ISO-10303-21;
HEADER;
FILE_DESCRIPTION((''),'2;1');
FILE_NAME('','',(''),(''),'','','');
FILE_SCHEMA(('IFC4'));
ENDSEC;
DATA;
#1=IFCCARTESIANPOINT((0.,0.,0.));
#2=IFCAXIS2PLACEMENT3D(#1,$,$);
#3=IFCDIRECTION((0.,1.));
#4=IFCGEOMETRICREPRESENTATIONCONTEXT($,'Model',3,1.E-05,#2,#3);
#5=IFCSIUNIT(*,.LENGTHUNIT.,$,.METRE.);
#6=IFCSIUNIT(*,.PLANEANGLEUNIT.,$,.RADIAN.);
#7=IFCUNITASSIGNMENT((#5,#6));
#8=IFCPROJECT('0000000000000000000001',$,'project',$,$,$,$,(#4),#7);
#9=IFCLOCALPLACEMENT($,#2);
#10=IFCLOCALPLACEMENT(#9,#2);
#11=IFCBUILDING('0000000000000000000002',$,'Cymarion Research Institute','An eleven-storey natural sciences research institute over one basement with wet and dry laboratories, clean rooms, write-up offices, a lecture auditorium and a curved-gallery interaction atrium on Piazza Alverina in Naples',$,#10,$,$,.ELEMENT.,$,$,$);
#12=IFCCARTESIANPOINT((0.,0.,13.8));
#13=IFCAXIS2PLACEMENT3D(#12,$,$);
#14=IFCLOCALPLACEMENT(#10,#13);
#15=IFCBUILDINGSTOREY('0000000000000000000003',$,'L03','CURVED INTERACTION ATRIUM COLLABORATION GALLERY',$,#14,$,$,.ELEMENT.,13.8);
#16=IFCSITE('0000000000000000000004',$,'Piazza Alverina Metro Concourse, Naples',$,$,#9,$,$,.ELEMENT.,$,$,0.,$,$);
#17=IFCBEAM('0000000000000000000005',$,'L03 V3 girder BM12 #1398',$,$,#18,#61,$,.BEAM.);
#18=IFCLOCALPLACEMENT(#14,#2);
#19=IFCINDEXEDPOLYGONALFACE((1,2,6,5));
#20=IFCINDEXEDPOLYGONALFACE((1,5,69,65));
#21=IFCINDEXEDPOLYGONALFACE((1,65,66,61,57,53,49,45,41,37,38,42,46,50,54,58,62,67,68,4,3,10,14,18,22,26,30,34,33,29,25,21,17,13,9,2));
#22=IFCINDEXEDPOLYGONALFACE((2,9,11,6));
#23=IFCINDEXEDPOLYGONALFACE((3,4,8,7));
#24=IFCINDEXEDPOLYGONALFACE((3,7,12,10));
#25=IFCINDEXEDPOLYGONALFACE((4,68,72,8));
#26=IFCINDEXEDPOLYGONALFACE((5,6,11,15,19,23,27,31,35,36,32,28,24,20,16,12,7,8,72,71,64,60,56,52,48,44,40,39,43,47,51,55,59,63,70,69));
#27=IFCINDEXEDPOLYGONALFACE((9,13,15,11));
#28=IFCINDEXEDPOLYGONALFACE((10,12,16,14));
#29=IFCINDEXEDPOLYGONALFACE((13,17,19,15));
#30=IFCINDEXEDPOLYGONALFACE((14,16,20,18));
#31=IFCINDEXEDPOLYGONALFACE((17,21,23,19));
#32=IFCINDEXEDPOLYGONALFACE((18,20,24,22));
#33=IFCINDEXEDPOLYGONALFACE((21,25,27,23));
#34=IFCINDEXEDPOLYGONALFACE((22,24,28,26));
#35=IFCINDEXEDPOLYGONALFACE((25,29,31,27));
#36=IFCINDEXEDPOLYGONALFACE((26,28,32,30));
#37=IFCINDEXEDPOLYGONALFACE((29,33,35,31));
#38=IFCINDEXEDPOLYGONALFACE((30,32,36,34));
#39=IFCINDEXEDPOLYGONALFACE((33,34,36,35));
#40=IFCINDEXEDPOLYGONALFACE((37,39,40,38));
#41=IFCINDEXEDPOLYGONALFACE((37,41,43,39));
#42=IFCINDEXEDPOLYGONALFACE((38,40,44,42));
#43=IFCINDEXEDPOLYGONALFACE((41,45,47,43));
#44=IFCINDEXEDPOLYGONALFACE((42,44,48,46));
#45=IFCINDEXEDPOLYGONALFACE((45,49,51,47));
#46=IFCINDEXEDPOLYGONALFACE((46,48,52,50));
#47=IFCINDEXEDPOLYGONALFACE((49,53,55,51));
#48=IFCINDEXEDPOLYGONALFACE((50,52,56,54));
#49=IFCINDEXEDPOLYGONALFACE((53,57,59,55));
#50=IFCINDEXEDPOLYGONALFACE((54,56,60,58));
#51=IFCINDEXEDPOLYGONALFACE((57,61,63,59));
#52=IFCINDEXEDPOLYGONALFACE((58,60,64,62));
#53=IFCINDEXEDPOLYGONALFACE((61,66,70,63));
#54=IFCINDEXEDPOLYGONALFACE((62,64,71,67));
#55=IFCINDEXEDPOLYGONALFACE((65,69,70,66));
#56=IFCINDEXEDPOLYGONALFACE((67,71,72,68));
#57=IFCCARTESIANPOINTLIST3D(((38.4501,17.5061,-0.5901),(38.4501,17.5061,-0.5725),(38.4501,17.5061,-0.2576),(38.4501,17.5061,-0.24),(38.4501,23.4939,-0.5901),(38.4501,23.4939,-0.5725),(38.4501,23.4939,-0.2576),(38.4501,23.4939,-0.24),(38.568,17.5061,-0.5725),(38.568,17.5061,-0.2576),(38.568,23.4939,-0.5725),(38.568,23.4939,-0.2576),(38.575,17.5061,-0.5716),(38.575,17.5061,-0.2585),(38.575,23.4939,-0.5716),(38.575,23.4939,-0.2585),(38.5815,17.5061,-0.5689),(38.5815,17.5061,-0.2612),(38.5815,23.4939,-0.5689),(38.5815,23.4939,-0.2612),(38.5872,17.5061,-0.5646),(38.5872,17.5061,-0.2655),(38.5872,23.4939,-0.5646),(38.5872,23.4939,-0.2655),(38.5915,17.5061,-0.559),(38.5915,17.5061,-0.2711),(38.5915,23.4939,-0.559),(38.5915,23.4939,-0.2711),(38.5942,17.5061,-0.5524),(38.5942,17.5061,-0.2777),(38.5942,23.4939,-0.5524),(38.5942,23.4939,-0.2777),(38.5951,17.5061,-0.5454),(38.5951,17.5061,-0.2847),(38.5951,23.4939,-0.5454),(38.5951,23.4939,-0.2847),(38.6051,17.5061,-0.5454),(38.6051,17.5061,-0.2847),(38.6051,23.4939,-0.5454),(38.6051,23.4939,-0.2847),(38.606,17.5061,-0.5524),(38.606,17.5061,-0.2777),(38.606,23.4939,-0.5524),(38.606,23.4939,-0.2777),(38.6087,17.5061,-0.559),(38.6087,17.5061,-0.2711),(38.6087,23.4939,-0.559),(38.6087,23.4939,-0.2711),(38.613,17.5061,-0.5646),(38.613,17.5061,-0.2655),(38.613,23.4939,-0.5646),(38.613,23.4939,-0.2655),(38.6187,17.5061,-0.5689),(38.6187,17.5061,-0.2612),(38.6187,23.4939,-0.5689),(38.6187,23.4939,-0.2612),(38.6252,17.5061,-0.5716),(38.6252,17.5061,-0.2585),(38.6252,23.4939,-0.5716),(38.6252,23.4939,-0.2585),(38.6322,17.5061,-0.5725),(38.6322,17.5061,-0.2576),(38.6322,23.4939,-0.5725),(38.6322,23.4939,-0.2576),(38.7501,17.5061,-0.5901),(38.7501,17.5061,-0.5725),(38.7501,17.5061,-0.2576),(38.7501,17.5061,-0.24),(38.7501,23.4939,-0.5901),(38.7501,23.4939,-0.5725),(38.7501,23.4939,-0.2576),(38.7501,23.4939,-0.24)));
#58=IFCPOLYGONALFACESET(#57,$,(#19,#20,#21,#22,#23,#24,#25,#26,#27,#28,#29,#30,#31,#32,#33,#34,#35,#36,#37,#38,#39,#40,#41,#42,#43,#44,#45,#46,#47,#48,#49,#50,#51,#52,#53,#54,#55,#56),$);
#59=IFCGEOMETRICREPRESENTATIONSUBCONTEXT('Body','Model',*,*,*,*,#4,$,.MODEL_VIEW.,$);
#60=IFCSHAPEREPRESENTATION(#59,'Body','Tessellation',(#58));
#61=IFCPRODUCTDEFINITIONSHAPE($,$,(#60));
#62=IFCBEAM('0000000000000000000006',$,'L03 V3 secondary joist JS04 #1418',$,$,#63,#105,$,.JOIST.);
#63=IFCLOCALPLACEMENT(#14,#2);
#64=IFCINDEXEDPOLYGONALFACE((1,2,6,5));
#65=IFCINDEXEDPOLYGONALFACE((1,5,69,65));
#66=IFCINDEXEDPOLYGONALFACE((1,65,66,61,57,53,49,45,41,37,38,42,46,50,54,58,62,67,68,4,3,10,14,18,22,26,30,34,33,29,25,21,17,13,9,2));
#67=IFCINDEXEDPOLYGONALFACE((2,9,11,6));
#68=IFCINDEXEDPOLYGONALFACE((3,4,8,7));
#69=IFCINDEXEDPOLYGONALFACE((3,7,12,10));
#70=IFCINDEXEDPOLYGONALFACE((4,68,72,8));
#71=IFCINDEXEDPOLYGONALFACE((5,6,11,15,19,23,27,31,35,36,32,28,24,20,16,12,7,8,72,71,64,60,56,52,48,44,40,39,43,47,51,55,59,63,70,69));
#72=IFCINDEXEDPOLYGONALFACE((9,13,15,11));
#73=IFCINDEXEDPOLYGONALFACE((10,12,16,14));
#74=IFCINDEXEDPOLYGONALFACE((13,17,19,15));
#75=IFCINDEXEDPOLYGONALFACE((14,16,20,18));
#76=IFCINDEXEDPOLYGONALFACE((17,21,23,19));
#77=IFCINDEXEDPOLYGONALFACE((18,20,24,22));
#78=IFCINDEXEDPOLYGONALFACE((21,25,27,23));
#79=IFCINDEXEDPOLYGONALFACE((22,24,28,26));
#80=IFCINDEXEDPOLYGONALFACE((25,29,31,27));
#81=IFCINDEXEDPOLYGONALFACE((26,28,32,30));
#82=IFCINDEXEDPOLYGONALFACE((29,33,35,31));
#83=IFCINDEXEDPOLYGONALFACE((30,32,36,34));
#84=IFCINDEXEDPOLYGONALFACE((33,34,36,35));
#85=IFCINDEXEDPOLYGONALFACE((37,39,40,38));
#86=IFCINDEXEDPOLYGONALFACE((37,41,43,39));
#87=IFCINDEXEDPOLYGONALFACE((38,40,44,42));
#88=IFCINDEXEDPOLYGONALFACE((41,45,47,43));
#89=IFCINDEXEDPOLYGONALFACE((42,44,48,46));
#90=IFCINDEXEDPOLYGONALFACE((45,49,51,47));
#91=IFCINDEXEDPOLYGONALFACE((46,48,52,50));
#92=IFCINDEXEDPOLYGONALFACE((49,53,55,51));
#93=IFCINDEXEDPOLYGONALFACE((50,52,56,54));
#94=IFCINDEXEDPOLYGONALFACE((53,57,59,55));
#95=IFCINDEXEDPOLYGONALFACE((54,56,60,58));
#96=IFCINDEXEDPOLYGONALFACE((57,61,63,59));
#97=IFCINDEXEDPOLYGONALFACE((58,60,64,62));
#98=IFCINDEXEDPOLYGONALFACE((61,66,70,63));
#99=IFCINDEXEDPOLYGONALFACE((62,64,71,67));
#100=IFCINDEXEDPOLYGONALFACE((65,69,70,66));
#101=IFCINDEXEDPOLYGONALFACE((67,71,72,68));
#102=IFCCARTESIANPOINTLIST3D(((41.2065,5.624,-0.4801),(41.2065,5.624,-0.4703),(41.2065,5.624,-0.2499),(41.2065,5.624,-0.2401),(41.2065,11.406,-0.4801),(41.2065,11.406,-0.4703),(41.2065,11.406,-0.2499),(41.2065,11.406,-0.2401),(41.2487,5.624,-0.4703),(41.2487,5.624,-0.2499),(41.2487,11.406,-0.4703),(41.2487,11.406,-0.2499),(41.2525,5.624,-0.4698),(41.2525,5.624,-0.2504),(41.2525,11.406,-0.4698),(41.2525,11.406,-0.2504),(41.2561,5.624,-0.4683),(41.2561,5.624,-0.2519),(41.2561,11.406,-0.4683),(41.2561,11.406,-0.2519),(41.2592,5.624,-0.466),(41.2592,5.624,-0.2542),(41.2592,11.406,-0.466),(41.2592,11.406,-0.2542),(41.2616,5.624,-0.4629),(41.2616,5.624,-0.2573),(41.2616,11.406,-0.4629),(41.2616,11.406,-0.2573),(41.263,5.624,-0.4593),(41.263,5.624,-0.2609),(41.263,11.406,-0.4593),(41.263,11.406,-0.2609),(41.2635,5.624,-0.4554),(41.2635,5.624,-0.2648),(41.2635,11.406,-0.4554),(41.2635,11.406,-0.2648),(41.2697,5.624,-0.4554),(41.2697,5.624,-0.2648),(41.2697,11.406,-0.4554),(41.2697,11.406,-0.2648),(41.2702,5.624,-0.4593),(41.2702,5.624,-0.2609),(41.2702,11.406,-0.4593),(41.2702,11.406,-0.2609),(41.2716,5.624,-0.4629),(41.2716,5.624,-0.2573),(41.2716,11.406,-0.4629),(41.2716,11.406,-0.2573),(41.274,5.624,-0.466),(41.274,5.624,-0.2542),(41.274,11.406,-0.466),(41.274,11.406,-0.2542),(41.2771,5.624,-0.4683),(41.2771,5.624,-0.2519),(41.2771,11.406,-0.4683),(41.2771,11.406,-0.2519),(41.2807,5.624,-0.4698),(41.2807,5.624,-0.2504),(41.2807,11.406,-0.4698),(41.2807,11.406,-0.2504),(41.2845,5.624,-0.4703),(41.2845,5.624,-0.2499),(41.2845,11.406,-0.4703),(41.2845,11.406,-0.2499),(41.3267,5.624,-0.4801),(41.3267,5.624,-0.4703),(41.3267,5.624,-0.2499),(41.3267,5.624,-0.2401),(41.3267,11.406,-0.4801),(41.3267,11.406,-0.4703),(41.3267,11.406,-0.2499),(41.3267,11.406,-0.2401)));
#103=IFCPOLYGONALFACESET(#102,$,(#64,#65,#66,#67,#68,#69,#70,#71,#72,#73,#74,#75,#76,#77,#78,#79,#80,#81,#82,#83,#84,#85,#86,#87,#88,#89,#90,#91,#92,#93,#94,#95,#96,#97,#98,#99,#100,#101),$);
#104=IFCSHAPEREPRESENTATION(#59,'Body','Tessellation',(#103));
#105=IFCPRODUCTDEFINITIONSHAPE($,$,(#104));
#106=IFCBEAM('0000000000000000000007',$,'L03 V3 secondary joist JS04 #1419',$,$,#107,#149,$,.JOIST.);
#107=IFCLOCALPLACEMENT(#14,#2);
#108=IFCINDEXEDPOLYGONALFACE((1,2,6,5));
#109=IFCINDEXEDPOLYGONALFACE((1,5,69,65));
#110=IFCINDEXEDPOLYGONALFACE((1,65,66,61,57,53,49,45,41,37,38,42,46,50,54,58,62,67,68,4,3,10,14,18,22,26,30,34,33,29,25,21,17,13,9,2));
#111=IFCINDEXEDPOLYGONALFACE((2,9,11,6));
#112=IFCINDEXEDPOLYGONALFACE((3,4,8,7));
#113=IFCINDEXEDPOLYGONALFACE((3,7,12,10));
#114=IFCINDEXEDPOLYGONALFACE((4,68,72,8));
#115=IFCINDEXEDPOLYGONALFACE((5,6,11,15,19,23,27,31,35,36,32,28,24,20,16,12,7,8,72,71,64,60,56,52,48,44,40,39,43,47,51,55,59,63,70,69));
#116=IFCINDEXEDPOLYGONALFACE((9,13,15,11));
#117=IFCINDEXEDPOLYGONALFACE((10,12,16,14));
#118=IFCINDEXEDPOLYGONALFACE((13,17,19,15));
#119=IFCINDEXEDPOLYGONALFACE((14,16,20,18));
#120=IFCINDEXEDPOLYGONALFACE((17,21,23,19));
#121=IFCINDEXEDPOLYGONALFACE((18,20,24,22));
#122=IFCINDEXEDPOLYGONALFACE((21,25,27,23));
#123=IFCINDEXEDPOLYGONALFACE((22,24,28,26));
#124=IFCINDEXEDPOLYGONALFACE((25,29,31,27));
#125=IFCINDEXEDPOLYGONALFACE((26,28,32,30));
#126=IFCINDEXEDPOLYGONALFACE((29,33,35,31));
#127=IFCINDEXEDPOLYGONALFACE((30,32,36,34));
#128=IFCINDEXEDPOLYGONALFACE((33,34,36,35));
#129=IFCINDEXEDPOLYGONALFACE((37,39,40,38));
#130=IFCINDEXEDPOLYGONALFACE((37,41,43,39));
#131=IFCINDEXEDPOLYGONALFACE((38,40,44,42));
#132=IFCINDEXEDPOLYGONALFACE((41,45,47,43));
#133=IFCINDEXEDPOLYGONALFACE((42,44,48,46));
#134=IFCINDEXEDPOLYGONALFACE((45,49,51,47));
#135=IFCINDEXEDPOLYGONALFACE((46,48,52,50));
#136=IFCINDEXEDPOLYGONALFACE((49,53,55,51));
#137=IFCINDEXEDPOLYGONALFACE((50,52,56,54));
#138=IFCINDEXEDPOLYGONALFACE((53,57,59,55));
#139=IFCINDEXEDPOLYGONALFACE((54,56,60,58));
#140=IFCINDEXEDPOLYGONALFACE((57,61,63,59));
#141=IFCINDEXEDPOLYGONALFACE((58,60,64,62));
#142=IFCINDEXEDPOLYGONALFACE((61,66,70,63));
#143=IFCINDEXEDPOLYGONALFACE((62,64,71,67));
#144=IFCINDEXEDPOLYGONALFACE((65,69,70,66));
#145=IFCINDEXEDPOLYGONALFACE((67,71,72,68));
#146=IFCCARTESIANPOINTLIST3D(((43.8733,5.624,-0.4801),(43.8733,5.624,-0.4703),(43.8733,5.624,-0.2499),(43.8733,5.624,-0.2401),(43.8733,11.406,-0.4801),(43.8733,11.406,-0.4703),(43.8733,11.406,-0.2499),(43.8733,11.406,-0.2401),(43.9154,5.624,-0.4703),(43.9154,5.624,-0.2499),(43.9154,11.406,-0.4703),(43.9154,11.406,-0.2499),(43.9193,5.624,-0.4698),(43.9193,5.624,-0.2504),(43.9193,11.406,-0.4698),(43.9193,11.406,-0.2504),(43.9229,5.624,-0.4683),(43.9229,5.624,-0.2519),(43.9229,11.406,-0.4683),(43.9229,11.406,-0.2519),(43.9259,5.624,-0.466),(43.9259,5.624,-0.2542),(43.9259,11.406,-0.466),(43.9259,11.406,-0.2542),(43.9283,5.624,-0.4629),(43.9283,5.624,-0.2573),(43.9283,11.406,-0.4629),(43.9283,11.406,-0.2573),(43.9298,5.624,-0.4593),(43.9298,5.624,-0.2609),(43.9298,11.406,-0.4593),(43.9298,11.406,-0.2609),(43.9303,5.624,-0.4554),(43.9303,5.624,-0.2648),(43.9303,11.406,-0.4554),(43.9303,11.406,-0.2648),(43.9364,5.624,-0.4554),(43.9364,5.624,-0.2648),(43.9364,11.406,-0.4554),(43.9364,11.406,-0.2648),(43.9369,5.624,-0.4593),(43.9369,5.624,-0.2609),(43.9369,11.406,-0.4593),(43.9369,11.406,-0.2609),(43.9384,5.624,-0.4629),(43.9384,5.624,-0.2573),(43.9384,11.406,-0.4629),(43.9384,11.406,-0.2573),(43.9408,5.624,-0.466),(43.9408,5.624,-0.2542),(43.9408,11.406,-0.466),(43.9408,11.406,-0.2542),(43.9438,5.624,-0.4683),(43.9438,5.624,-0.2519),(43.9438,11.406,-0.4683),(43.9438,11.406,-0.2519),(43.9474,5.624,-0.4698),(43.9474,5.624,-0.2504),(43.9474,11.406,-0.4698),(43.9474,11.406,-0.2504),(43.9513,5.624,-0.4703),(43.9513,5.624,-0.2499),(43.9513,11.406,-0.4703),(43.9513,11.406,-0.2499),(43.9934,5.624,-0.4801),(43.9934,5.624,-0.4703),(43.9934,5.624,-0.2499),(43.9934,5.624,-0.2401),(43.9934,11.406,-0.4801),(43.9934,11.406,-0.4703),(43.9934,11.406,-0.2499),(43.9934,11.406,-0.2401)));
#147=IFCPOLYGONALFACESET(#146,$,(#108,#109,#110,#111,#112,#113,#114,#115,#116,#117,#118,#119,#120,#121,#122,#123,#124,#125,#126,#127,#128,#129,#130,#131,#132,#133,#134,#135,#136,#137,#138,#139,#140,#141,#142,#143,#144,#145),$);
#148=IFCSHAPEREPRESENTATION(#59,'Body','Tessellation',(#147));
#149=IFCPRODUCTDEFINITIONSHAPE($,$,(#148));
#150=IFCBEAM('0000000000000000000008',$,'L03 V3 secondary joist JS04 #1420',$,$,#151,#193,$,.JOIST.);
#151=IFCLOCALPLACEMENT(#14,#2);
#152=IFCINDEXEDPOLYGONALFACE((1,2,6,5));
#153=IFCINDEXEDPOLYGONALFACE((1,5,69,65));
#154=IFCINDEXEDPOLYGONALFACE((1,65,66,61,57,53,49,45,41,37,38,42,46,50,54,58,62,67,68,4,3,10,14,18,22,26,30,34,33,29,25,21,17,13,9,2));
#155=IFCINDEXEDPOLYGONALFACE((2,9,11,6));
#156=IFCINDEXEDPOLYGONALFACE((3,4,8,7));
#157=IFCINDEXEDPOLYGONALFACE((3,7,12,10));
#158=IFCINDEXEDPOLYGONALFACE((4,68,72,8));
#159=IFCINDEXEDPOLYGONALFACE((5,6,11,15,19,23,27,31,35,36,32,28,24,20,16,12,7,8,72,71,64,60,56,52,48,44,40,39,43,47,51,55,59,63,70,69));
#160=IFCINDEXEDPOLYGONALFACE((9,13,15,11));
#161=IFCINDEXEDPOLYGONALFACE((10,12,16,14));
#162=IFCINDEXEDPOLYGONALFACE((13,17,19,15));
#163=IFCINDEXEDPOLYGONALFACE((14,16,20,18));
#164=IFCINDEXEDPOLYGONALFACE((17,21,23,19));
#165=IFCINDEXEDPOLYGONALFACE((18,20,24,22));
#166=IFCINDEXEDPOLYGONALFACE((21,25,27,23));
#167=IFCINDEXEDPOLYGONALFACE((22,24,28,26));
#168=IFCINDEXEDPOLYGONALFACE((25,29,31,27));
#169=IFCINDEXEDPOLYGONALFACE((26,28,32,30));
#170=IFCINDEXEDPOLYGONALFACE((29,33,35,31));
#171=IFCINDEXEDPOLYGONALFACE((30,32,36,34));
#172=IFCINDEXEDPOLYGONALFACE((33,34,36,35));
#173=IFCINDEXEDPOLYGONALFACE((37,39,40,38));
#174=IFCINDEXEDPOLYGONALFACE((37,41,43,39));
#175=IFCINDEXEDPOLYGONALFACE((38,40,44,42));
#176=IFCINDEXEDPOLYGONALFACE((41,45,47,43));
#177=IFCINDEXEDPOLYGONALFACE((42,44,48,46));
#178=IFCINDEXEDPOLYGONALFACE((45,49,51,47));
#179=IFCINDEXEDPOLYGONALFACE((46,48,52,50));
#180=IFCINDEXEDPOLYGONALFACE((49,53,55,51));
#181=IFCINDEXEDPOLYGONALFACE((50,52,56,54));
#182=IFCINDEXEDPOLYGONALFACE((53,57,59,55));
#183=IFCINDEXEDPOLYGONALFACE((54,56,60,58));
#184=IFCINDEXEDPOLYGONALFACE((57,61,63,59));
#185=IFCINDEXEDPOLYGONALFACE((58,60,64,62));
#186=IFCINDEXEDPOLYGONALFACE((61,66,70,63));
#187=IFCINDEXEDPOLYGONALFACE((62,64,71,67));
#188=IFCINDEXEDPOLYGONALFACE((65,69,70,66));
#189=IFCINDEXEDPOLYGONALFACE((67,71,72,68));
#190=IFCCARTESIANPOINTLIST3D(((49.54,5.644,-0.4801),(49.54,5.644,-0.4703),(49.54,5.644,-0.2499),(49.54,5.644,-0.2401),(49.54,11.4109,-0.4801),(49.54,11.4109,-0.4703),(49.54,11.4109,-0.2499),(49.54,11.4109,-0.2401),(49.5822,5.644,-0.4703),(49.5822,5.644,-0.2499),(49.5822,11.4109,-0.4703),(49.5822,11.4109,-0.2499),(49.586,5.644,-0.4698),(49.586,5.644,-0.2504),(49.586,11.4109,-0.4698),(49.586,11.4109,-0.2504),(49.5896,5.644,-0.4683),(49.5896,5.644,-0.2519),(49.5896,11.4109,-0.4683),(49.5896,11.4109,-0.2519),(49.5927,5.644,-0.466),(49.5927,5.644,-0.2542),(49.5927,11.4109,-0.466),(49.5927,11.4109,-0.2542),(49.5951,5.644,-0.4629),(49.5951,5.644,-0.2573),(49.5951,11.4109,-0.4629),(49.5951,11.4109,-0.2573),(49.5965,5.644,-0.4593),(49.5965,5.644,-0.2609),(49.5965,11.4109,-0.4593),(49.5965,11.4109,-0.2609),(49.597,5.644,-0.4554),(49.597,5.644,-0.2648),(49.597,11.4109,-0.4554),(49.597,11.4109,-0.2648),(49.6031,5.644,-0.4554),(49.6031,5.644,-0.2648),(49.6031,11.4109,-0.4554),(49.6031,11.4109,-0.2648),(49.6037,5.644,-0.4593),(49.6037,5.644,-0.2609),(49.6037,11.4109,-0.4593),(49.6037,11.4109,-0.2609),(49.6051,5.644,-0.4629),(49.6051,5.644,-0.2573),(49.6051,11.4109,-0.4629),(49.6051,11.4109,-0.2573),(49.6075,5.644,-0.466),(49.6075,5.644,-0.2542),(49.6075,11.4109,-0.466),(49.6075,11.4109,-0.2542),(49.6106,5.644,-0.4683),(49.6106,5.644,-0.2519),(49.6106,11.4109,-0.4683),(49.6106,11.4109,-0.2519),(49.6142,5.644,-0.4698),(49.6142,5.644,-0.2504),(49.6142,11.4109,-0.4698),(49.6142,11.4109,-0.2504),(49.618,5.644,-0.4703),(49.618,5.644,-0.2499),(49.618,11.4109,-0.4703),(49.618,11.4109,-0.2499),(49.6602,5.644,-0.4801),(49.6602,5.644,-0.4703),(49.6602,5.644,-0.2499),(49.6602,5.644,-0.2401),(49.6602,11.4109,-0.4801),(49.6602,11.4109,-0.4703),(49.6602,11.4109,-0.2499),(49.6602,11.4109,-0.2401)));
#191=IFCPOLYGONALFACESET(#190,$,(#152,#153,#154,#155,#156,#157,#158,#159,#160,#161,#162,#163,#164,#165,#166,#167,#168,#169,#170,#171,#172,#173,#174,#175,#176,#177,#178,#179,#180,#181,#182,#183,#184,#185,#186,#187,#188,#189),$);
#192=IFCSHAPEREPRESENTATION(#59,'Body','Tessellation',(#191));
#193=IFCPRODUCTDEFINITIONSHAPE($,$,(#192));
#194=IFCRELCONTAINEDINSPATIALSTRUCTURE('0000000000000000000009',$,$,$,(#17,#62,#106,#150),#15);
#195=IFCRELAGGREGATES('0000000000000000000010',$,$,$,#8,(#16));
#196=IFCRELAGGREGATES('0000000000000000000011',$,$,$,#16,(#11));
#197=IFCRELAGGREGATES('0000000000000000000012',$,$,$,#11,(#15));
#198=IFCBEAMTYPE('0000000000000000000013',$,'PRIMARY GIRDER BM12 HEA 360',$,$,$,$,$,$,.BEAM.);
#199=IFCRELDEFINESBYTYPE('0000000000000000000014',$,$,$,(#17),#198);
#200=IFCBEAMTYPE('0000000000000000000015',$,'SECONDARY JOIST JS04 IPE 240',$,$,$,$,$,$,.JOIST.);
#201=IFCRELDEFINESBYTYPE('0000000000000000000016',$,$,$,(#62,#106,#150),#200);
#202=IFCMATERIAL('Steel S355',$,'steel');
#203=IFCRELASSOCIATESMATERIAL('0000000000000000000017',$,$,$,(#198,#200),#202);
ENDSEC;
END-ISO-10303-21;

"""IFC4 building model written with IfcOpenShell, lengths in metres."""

from ifc_helpers import new_model, si_unit, direction, frame, origin, origin_2d, place, context, subcontext, project, spatial, i_section, extrude, material, material_profile, profile_set, type_object, element, save


model = new_model("IFC4")

# Units and contexts
model_context = context("Model", 3, precision=1e-05, world=origin(), true_north=direction((0.0, 1.0)))
body_context = subcontext(model_context, "Body", "Model", "MODEL_VIEW")
ifc_project = project(units=[si_unit("LENGTHUNIT", "METRE"), si_unit("PLANEANGLEUNIT", "RADIAN")], contexts=[model_context])

# Site, building, storey
site_placement = place(None, origin())
site = spatial("IfcSite", under=ifc_project, at=site_placement, Name="Piazza Alverina Metro Concourse, Naples", CompositionType="ELEMENT", RefElevation=0.0)
building_placement = place(site_placement, origin())
building = spatial("IfcBuilding", under=site, at=building_placement, Name="Cymarion Research Institute", Description="An eleven-storey natural sciences research institute over one basement with wet and dry laboratories, clean rooms, write-up offices, a lecture auditorium and a curved-gallery interaction atrium on Piazza Alverina in Naples", CompositionType="ELEMENT")
storey_placement = place(building_placement, frame((0.0, 0.0, 13.8)))
storey = spatial("IfcBuildingStorey", under=building, at=storey_placement, Name="L03", Description="CURVED INTERACTION ATRIUM COLLABORATION GALLERY", CompositionType="ELEMENT", Elevation=13.8)

# Beams
ifc_material_1 = material(Name="Steel S355", Category="steel")
ifc_material_profile_1 = material_profile(ifc_material_1, i_section(OverallWidth=0.3, OverallDepth=0.3501, WebThickness=0.01, FlangeThickness=0.0176, FilletRadius=0.0271, at=origin_2d()), Name="HEA 360")
ifc_profile_set_1 = profile_set([ifc_material_profile_1], Name="Steel S355")
beam_type_1 = type_object("IfcBeamType", Name="PRIMARY GIRDER BM12 HEA 360", PredefinedType="BEAM", material=ifc_profile_set_1)
for number, where, z_axis, x_axis, name in (
    (1, (38.6001, 17.5061, -0.415), (0.0, 1.0, 0.0), (-1.0, 0.0, 0.0), "L03 V3 girder BM12 #1398"),
):
    element("IfcBeam", number, at=place(storey_placement, frame(where, z_axis=z_axis, x_axis=x_axis)), inside=storey, type_object=beam_type_1, Name=name, PredefinedType="BEAM", context=body_context, shape_type="SweptSolid", body=[
        extrude(i_section(OverallWidth=0.3, OverallDepth=0.3501, WebThickness=0.01, FlangeThickness=0.0176, FilletRadius=0.0271, at=origin_2d()), origin(), (0.0, 0.0, 1.0), 5.9878),
    ])
ifc_material_profile_2 = material_profile(ifc_material_1, i_section(OverallWidth=0.1201, OverallDepth=0.24, WebThickness=0.0061, FlangeThickness=0.0098, FilletRadius=0.0149, at=origin_2d()), Name="IPE 240")
ifc_profile_set_2 = profile_set([ifc_material_profile_2], Name="Steel S355")
beam_type_2 = type_object("IfcBeamType", Name="SECONDARY JOIST JS04 IPE 240", PredefinedType="JOIST", material=ifc_profile_set_2)
for number, where, z_axis, x_axis, name in (
    (2, (41.2666, 5.624, -0.3601), (0.0, 1.0, 0.0), (-1.0, 0.0, 0.0), "L03 V3 secondary joist JS04 #1418"),
    (3, (43.9333, 5.624, -0.3601), (0.0, 1.0, 0.0), (-1.0, 0.0, 0.0), "L03 V3 secondary joist JS04 #1419"),
):
    element("IfcBeam", number, at=place(storey_placement, frame(where, z_axis=z_axis, x_axis=x_axis)), inside=storey, type_object=beam_type_2, Name=name, PredefinedType="JOIST", context=body_context, shape_type="SweptSolid", body=[
        extrude(i_section(OverallWidth=0.1201, OverallDepth=0.24, WebThickness=0.0061, FlangeThickness=0.0098, FilletRadius=0.0149, at=origin_2d()), origin(), (0.0, 0.0, 1.0), 5.782),
    ])
beam_1_placement = place(storey_placement, frame((49.6001, 5.644, -0.3601), z_axis=(0.0, 1.0, 0.0), x_axis=(-1.0, 0.0, 0.0)))
element("IfcBeam", 4, at=beam_1_placement, inside=storey, type_object=beam_type_2, Name="L03 V3 secondary joist JS04 #1420", PredefinedType="JOIST", context=body_context, shape_type="SweptSolid", body=[
    extrude(i_section(OverallWidth=0.1201, OverallDepth=0.24, WebThickness=0.0061, FlangeThickness=0.0098, FilletRadius=0.0149, at=origin_2d()), origin(), (0.0, 0.0, 1.0), 5.7668),
])

save(model, "model.ifc")
